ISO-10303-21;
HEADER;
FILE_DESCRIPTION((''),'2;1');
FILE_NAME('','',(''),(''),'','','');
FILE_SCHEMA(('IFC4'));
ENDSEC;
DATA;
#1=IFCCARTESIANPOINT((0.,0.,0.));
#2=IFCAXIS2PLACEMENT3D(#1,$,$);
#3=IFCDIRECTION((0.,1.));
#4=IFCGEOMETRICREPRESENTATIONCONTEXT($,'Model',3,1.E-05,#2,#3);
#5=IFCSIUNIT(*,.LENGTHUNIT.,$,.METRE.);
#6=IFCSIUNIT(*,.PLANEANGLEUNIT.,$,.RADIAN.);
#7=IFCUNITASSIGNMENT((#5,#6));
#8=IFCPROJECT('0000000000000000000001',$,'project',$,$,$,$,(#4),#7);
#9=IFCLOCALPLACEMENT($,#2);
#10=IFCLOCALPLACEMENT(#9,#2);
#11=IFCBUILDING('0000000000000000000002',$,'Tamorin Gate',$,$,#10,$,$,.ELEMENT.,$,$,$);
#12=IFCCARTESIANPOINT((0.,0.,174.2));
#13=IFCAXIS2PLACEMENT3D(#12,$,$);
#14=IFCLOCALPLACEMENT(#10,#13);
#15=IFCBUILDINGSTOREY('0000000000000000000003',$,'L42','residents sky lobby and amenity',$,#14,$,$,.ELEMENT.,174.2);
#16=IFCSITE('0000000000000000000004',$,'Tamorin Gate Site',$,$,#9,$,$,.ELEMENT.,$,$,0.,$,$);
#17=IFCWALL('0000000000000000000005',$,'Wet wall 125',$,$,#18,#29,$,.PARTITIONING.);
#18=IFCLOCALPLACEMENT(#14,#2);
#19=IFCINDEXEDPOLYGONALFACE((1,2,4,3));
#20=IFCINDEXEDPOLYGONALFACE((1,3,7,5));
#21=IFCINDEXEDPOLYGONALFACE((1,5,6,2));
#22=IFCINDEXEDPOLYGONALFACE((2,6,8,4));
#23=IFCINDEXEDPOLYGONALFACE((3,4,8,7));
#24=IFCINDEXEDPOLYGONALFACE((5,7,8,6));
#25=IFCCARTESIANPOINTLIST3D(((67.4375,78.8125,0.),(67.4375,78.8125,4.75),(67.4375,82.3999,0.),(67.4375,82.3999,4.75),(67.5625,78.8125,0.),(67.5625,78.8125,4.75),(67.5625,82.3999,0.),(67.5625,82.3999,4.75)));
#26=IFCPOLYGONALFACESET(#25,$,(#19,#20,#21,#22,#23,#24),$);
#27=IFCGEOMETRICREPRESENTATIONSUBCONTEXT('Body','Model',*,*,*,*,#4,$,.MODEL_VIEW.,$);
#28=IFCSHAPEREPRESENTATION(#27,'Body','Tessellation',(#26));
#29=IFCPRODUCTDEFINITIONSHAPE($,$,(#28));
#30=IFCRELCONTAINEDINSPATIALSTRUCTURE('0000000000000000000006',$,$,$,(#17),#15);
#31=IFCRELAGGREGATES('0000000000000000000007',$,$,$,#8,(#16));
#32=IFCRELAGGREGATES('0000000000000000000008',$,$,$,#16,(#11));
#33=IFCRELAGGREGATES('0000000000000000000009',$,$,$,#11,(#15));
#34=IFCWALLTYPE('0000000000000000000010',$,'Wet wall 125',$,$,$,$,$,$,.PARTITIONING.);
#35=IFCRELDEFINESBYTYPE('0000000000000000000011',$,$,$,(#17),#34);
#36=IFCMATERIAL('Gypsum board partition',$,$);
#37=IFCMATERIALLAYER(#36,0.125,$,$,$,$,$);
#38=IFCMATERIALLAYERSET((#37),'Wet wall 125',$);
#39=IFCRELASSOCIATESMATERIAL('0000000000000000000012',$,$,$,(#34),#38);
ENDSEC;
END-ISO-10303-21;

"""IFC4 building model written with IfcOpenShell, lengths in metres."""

from ifc_helpers import new_model, si_unit, direction, frame, frame_2d, origin, place, context, subcontext, project, spatial, rectangle, extrude, material, layer, layer_set, type_object, element, save


model = new_model("IFC4")

# Units and contexts
model_context = context("Model", 3, precision=1e-05, world=origin(), true_north=direction((0.0, 1.0)))
body_context = subcontext(model_context, "Body", "Model", "MODEL_VIEW")
ifc_project = project(units=[si_unit("LENGTHUNIT", "METRE"), si_unit("PLANEANGLEUNIT", "RADIAN")], contexts=[model_context])

# Site, building, storey
site_placement = place(None, origin())
site = spatial("IfcSite", under=ifc_project, at=site_placement, Name="Tamorin Gate Site", CompositionType="ELEMENT", RefElevation=0.0)
building_placement = place(site_placement, origin())
building = spatial("IfcBuilding", under=site, at=building_placement, Name="Tamorin Gate", CompositionType="ELEMENT")
storey_placement = place(building_placement, frame((0.0, 0.0, 174.2)))
storey = spatial("IfcBuildingStorey", under=building, at=storey_placement, Name="L42", Description="residents sky lobby and amenity", CompositionType="ELEMENT", Elevation=174.2)

# Shared definitions
ifc_material_1 = material(Name="Gypsum board partition")

# Shared definitions
ifc_layer_1 = layer(ifc_material_1, 0.125)
ifc_layer_set_1 = layer_set([ifc_layer_1], Name="Wet wall 125")
wall_type_1 = type_object("IfcWallType", Name="Wet wall 125", PredefinedType="PARTITIONING", material=ifc_layer_set_1)

# Wall
for number, where, z_axis, x_axis, name in (
    (1, (67.5, 78.8125, 0.0), (0.0, 0.0, 1.0), (0.0, 1.0, 0.0), "Wet wall 125"),
):
    element("IfcWall", number, at=place(storey_placement, frame(where, z_axis=z_axis, x_axis=x_axis)), inside=storey, type_object=wall_type_1, Name=name, PredefinedType="PARTITIONING", context=body_context, shape_type="SweptSolid", body=[
        extrude(rectangle(XDim=3.5874, YDim=0.125, at=frame_2d((1.7937, 0.0))), origin(), (0.0, 0.0, 1.0), 4.75),
    ])

save(model, "model.ifc")
